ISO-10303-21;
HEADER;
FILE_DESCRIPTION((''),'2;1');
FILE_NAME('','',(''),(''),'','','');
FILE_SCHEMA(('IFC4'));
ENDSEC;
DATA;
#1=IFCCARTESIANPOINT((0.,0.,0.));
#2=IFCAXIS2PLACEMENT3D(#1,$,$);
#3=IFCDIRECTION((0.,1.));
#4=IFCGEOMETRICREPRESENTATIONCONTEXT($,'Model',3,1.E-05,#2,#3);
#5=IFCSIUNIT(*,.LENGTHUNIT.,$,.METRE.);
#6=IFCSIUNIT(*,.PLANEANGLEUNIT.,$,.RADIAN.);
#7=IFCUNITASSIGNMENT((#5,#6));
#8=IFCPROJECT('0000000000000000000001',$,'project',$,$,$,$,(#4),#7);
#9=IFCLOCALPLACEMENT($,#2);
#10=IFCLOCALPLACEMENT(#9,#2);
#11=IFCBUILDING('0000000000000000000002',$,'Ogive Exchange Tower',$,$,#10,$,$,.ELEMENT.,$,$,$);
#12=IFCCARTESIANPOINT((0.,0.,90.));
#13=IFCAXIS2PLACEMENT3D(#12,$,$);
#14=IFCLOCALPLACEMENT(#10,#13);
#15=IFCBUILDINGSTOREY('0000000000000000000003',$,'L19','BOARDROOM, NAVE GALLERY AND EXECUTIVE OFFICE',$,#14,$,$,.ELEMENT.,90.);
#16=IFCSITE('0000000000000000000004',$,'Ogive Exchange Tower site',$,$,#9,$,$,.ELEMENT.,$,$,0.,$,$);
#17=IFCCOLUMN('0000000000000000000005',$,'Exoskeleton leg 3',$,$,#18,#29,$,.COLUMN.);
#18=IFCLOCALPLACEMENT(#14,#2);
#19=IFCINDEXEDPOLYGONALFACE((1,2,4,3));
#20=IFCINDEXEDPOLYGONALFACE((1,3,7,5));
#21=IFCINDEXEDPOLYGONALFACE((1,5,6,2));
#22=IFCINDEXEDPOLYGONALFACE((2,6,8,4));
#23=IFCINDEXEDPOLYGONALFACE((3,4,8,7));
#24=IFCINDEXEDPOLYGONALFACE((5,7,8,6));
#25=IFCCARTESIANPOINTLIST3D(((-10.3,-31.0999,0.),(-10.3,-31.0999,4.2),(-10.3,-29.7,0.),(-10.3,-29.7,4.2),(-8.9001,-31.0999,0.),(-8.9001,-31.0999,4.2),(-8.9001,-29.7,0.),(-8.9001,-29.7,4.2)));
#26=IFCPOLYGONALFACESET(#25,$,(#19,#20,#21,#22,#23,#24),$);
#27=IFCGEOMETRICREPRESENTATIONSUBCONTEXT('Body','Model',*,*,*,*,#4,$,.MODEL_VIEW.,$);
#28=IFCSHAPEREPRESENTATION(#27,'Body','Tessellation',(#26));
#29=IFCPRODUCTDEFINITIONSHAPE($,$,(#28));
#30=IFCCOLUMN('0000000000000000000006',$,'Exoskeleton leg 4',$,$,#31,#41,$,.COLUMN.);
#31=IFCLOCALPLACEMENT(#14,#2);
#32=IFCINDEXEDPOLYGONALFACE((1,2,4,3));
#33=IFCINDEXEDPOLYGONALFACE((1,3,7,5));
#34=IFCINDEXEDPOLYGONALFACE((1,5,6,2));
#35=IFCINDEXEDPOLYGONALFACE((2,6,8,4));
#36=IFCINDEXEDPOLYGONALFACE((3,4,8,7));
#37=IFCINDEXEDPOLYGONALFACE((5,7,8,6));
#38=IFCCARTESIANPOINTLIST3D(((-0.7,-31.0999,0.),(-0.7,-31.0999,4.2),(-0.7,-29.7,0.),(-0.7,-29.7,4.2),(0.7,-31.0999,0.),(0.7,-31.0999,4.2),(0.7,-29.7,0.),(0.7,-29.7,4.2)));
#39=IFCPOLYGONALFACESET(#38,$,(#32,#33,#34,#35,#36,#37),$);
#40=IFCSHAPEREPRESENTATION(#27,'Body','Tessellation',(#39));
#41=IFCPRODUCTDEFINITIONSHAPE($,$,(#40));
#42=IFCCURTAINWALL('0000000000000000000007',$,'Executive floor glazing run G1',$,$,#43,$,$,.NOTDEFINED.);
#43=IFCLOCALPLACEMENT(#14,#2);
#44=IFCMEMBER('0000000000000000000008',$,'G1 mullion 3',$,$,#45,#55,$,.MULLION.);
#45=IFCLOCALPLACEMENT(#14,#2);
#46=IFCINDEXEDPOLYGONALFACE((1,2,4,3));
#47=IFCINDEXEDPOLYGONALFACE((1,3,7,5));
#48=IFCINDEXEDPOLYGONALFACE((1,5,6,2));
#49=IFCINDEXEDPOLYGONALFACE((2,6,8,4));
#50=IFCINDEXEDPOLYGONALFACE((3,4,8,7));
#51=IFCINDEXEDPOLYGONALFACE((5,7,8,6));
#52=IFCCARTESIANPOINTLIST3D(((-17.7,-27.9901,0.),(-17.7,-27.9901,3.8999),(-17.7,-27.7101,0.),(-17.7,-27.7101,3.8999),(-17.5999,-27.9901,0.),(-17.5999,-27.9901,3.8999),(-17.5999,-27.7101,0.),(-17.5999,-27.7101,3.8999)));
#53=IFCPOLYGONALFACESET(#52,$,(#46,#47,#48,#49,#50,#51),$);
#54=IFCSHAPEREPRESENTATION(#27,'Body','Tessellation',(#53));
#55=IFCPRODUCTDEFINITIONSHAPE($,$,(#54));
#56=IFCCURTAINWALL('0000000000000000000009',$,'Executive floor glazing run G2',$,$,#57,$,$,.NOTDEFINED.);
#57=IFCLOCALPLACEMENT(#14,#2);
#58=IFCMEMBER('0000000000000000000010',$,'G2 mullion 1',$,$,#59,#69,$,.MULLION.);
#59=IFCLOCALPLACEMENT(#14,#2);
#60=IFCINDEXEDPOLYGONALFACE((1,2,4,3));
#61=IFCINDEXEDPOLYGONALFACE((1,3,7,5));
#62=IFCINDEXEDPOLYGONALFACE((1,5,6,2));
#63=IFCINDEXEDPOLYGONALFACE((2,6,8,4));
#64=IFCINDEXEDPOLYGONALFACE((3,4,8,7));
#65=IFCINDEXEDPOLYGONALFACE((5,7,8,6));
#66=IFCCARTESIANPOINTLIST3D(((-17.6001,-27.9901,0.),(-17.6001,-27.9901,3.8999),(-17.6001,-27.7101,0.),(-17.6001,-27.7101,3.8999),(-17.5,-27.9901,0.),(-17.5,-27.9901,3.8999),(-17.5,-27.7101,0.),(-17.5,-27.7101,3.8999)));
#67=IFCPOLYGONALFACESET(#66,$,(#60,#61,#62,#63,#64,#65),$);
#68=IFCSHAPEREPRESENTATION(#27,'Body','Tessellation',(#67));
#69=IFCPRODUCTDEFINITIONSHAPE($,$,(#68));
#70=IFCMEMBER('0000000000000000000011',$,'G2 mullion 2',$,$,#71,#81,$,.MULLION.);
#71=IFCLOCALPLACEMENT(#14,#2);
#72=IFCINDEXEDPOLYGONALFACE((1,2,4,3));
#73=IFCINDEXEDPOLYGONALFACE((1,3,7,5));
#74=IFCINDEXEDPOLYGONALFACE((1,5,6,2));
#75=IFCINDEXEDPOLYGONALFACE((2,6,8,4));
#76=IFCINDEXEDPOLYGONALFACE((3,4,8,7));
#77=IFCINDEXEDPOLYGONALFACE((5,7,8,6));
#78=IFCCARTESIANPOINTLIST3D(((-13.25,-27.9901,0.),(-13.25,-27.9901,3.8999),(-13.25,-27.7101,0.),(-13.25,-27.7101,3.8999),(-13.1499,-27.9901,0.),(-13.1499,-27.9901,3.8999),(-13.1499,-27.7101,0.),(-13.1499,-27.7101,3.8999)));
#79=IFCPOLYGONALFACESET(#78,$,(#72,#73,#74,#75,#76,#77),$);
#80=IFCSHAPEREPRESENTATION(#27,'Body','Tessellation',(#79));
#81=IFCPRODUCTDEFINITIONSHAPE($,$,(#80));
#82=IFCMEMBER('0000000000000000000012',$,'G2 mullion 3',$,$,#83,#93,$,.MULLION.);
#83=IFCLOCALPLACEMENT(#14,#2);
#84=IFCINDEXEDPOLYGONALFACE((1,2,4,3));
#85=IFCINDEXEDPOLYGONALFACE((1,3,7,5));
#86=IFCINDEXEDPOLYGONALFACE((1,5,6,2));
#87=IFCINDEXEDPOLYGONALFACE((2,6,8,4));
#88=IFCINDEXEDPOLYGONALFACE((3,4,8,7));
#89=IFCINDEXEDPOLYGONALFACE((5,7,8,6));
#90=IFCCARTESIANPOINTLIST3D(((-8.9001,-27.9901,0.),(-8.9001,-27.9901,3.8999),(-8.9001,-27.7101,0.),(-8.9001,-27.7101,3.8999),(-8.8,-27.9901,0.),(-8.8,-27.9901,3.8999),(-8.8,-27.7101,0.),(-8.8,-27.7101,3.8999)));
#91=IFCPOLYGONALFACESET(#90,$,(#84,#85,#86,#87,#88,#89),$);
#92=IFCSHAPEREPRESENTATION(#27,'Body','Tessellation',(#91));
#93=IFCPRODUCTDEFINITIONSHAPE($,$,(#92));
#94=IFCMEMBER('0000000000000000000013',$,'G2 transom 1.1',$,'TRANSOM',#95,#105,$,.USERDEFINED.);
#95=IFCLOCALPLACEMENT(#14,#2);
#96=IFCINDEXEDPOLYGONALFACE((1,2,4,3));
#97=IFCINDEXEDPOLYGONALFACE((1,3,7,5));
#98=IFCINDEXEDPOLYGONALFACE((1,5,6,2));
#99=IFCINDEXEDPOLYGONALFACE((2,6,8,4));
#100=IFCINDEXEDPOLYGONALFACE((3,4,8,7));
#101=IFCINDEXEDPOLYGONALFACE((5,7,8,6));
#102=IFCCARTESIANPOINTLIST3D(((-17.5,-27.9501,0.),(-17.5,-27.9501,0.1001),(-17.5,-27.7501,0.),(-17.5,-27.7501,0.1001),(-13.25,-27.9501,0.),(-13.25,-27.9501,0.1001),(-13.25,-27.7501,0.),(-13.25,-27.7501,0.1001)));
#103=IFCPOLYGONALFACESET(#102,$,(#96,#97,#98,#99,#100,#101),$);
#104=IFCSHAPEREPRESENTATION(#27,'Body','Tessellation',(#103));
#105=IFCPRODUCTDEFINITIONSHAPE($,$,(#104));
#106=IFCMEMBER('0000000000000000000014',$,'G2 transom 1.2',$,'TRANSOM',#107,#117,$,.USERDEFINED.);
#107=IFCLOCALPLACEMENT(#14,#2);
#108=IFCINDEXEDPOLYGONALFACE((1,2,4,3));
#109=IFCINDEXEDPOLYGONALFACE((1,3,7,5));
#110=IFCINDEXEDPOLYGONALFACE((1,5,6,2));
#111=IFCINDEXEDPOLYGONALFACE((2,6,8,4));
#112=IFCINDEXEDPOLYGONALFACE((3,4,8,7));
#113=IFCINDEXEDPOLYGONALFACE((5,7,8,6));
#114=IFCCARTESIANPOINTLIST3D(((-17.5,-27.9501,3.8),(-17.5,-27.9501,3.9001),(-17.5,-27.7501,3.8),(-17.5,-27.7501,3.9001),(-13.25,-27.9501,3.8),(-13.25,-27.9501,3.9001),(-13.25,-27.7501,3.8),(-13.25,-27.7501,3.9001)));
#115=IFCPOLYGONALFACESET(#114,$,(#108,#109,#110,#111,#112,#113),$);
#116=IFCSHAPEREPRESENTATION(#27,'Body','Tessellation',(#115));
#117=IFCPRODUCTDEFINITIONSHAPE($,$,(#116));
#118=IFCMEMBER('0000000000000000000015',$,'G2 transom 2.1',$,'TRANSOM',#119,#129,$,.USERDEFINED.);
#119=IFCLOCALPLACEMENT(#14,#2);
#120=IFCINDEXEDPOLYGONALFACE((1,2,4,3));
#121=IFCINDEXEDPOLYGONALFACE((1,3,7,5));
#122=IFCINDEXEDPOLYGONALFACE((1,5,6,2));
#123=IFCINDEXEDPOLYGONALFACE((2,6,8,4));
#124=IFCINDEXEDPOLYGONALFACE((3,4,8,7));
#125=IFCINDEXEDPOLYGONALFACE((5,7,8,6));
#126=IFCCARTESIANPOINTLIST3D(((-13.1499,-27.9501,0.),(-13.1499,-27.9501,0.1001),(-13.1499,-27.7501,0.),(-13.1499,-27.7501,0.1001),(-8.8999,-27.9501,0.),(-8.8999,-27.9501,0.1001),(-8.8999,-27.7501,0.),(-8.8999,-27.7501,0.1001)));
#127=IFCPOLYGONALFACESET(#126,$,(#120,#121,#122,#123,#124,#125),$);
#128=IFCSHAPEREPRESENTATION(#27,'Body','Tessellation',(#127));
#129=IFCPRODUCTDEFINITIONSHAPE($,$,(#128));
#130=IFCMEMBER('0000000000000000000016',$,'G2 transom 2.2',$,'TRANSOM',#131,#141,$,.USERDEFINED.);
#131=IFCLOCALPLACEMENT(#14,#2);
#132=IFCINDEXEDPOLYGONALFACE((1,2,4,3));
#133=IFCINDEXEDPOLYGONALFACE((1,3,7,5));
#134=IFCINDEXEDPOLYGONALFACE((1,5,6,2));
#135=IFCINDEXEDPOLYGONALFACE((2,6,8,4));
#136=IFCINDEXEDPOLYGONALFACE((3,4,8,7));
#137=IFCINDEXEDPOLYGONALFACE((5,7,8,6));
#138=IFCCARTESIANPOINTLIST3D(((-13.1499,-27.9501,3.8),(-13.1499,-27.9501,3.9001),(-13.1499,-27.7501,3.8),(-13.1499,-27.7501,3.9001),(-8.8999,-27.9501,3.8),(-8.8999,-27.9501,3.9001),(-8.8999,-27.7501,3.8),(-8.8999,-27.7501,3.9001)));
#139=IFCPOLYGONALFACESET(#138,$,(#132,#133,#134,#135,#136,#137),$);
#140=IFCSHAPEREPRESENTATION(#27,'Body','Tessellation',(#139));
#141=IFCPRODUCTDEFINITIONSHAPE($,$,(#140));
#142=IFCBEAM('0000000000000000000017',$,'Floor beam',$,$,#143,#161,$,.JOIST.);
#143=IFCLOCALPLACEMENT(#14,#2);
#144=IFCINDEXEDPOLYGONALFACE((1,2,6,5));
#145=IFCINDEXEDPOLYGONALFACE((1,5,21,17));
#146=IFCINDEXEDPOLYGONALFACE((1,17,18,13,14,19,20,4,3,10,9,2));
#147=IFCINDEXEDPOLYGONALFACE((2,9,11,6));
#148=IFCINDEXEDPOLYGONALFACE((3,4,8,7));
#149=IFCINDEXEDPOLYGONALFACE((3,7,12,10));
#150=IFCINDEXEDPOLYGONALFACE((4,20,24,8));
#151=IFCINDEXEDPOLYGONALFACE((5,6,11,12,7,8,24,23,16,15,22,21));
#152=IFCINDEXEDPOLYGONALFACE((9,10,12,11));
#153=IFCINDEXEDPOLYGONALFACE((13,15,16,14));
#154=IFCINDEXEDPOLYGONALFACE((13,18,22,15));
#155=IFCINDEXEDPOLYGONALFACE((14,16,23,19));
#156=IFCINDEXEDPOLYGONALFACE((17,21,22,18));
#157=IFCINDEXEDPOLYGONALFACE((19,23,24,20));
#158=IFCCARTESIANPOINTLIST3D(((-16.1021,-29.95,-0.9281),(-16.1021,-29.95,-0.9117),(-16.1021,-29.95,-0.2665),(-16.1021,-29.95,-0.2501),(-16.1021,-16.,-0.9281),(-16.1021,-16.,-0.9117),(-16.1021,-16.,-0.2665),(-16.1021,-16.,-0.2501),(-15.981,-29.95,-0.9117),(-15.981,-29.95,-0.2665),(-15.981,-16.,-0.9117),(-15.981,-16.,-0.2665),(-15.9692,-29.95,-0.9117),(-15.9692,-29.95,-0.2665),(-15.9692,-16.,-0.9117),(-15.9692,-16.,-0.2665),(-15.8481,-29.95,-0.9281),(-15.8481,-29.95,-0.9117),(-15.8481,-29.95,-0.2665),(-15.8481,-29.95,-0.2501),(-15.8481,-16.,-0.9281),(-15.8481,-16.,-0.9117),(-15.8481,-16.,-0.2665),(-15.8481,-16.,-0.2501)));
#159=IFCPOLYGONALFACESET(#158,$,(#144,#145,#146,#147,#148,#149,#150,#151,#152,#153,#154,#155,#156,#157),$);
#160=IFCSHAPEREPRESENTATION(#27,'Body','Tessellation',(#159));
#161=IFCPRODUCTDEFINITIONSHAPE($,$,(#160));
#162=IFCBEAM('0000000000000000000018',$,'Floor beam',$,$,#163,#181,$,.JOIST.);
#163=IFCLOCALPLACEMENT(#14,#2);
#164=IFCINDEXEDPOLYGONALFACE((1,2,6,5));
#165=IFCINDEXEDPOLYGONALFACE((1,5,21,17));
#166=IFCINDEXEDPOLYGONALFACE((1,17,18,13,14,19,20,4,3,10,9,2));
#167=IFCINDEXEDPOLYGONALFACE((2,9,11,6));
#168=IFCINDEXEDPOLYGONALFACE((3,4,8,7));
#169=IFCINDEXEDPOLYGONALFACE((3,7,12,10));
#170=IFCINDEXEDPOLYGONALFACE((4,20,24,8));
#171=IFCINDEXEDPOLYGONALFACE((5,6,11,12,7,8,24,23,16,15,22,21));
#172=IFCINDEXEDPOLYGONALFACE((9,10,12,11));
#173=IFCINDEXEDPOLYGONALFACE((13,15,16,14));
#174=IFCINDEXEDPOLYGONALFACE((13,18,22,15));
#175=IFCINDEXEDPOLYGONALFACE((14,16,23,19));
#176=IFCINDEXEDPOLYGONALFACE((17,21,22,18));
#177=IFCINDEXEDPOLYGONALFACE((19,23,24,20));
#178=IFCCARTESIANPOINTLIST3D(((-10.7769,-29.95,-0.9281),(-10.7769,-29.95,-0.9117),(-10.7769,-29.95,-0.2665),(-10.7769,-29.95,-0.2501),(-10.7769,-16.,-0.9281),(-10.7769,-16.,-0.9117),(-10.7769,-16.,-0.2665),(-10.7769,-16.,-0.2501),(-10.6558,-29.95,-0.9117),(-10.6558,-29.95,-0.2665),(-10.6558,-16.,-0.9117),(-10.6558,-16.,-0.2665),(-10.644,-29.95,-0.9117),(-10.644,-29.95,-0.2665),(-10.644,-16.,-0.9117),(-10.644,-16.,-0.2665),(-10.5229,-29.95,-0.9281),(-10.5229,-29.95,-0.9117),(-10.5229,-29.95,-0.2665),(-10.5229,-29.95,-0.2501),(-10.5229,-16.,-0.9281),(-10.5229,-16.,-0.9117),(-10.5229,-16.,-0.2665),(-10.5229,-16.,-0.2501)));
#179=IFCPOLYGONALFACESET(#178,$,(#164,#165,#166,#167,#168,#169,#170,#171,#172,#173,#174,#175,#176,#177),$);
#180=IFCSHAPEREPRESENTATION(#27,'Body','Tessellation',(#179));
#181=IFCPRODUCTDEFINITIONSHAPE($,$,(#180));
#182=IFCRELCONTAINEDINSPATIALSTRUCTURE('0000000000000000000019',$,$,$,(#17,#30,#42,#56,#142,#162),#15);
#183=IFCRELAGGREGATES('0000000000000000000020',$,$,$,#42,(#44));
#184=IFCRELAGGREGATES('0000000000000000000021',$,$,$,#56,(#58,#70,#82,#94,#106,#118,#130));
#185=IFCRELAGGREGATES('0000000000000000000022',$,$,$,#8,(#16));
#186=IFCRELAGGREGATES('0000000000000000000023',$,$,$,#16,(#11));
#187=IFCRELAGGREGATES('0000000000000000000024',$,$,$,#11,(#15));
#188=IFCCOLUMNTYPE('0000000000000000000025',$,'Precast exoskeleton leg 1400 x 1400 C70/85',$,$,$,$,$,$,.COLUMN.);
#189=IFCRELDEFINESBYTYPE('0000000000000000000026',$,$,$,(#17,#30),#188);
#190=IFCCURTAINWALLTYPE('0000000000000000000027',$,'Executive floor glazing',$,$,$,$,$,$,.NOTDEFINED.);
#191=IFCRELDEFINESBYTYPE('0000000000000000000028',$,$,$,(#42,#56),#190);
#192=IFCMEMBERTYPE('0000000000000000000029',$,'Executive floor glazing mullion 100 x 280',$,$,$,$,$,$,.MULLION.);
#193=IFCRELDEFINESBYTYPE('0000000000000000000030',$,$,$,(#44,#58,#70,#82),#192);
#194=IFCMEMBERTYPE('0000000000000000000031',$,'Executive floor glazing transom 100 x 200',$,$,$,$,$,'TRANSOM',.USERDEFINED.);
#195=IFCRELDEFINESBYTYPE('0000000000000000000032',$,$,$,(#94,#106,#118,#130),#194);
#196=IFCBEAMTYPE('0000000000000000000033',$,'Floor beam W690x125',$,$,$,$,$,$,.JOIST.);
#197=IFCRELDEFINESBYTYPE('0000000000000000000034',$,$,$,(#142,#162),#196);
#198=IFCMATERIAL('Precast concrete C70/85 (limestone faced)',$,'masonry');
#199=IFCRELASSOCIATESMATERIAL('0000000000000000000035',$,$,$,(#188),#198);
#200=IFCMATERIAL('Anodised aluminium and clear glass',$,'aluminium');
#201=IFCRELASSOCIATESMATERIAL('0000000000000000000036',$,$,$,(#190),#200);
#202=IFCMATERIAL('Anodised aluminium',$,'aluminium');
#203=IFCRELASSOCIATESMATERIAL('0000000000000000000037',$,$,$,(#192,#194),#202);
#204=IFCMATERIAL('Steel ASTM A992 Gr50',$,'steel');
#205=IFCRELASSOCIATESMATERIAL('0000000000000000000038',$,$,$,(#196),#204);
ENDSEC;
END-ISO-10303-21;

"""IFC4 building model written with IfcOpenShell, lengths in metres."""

from ifc_helpers import new_model, si_unit, direction, frame, origin, origin_2d, place, context, subcontext, project, spatial, rectangle, i_section, extrude, material, material_profile, profile_set, type_object, element, aggregate, save


model = new_model("IFC4")

# Units and contexts
model_context = context("Model", 3, precision=1e-05, world=origin(), true_north=direction((0.0, 1.0)))
body_context = subcontext(model_context, "Body", "Model", "MODEL_VIEW")
ifc_project = project(units=[si_unit("LENGTHUNIT", "METRE"), si_unit("PLANEANGLEUNIT", "RADIAN")], contexts=[model_context])

# Site, building, storey
site_placement = place(None, origin())
site = spatial("IfcSite", under=ifc_project, at=site_placement, Name="Ogive Exchange Tower site", CompositionType="ELEMENT", RefElevation=0.0)
building_placement = place(site_placement, origin())
building = spatial("IfcBuilding", under=site, at=building_placement, Name="Ogive Exchange Tower", CompositionType="ELEMENT")
storey_placement = place(building_placement, frame((0.0, 0.0, 90.0)))
storey = spatial("IfcBuildingStorey", under=building, at=storey_placement, Name="L19", Description="BOARDROOM, NAVE GALLERY AND EXECUTIVE OFFICE", CompositionType="ELEMENT", Elevation=90.0)

# Columns
ifc_material_1 = material(Name="Precast concrete C70/85 (limestone faced)", Category="masonry")
ifc_material_profile_1 = material_profile(ifc_material_1, rectangle(XDim=1.3999, YDim=1.3999, at=origin_2d()), Name="1400 x 1400")
ifc_profile_set_1 = profile_set([ifc_material_profile_1], Name="Precast concrete C70/85 (limestone faced)")
column_type = type_object("IfcColumnType", Name="Precast exoskeleton leg 1400 x 1400 C70/85", PredefinedType="COLUMN", material=ifc_profile_set_1)
for number, where, z_axis, x_axis, name in (
    (1, (-9.6001, -30.3999, 0.0), (0.0, 0.0, 1.0), (1.0, 0.0, 0.0), "Exoskeleton leg 3"),
    (2, (0.0, -30.3999, 0.0), (0.0, 0.0, 1.0), (1.0, 0.0, 0.0), "Exoskeleton leg 4"),
):
    element("IfcColumn", number, at=place(storey_placement, frame(where, z_axis=z_axis, x_axis=x_axis)), inside=storey, type_object=column_type, Name=name, PredefinedType="COLUMN", context=body_context, shape_type="SweptSolid", body=[
        extrude(rectangle(XDim=1.3999, YDim=1.3999, at=origin_2d()), origin(), (0.0, 0.0, 1.0), 4.2),
    ])

# Curtain wall, member
ifc_material_2 = material(Name="Anodised aluminium and clear glass", Category="aluminium")
curtain_wall_type = type_object("IfcCurtainWallType", Name="Executive floor glazing", PredefinedType="NOTDEFINED", material=ifc_material_2)
curtain_wall_1_placement = place(storey_placement, origin())
curtain_wall_1 = element("IfcCurtainWall", 3, at=curtain_wall_1_placement, inside=storey, type_object=curtain_wall_type, Name="Executive floor glazing run G1", PredefinedType="NOTDEFINED")
ifc_material_3 = material(Name="Anodised aluminium", Category="aluminium")
ifc_material_profile_2 = material_profile(ifc_material_3, rectangle(XDim=0.28, YDim=0.1001, at=origin_2d()), Name="AL 100x280")
ifc_profile_set_2 = profile_set([ifc_material_profile_2], Name="Anodised aluminium")
member_type_1 = type_object("IfcMemberType", Name="Executive floor glazing mullion 100 x 280", PredefinedType="MULLION", material=ifc_profile_set_2)
member_1_placement = place(storey_placement, frame((-17.6499, -27.8501, 0.0), z_axis=(0.0, 0.0, 1.0), x_axis=(0.0, 1.0, 0.0)))
member_1 = element("IfcMember", 4, at=member_1_placement, type_object=member_type_1, Name="G1 mullion 3", PredefinedType="MULLION", context=body_context, shape_type="SweptSolid", body=[
    extrude(rectangle(XDim=0.28, YDim=0.1001, at=origin_2d()), origin(), (0.0, 0.0, 1.0), 3.8999),
])
aggregate(curtain_wall_1, [member_1])

# Curtain wall, members
curtain_wall_2_placement = place(storey_placement, origin())
curtain_wall_2 = element("IfcCurtainWall", 5, at=curtain_wall_2_placement, inside=storey, type_object=curtain_wall_type, Name="Executive floor glazing run G2", PredefinedType="NOTDEFINED")
member_2_placement = place(storey_placement, frame((-17.55, -27.8501, 0.0), z_axis=(0.0, 0.0, 1.0), x_axis=(0.0, 1.0, 0.0)))
member_2 = element("IfcMember", 6, at=member_2_placement, type_object=member_type_1, Name="G2 mullion 1", PredefinedType="MULLION", context=body_context, shape_type="SweptSolid", body=[
    extrude(rectangle(XDim=0.28, YDim=0.1001, at=origin_2d()), origin(), (0.0, 0.0, 1.0), 3.8999),
])
member_3_placement = place(storey_placement, frame((-13.2, -27.8501, 0.0), z_axis=(0.0, 0.0, 1.0), x_axis=(0.0, 1.0, 0.0)))
member_3 = element("IfcMember", 7, at=member_3_placement, type_object=member_type_1, Name="G2 mullion 2", PredefinedType="MULLION", context=body_context, shape_type="SweptSolid", body=[
    extrude(rectangle(XDim=0.28, YDim=0.1001, at=origin_2d()), origin(), (0.0, 0.0, 1.0), 3.8999),
])
member_4_placement = place(storey_placement, frame((-8.8501, -27.8501, 0.0), z_axis=(0.0, 0.0, 1.0), x_axis=(0.0, 1.0, 0.0)))
member_4 = element("IfcMember", 8, at=member_4_placement, type_object=member_type_1, Name="G2 mullion 3", PredefinedType="MULLION", context=body_context, shape_type="SweptSolid", body=[
    extrude(rectangle(XDim=0.28, YDim=0.1001, at=origin_2d()), origin(), (0.0, 0.0, 1.0), 3.8999),
])
ifc_material_profile_3 = material_profile(ifc_material_3, rectangle(XDim=0.2, YDim=0.1001, at=origin_2d()), Name="AL 100x200")
ifc_profile_set_3 = profile_set([ifc_material_profile_3], Name="Anodised aluminium")
member_type_2 = type_object("IfcMemberType", Name="Executive floor glazing transom 100 x 200", ElementType="TRANSOM", PredefinedType="USERDEFINED", material=ifc_profile_set_3)
member_5_placement = place(storey_placement, frame((-17.5, -27.8501, 0.05), z_axis=(1.0, 0.0, 0.0), x_axis=(0.0, 1.0, 0.0)))
member_5 = element("IfcMember", 9, at=member_5_placement, type_object=member_type_2, Name="G2 transom 1.1", ObjectType="TRANSOM", PredefinedType="USERDEFINED", context=body_context, shape_type="SweptSolid", body=[
    extrude(rectangle(XDim=0.2, YDim=0.1001, at=origin_2d()), origin(), (0.0, 0.0, 1.0), 4.25),
])
member_6_placement = place(storey_placement, frame((-17.5, -27.8501, 3.8501), z_axis=(1.0, 0.0, 0.0), x_axis=(0.0, 1.0, 0.0)))
member_6 = element("IfcMember", 10, at=member_6_placement, type_object=member_type_2, Name="G2 transom 1.2", ObjectType="TRANSOM", PredefinedType="USERDEFINED", context=body_context, shape_type="SweptSolid", body=[
    extrude(rectangle(XDim=0.2, YDim=0.1001, at=origin_2d()), origin(), (0.0, 0.0, 1.0), 4.25),
])
member_7_placement = place(storey_placement, frame((-13.1499, -27.8501, 0.05), z_axis=(1.0, 0.0, 0.0), x_axis=(0.0, 1.0, 0.0)))
member_7 = element("IfcMember", 11, at=member_7_placement, type_object=member_type_2, Name="G2 transom 2.1", ObjectType="TRANSOM", PredefinedType="USERDEFINED", context=body_context, shape_type="SweptSolid", body=[
    extrude(rectangle(XDim=0.2, YDim=0.1001, at=origin_2d()), origin(), (0.0, 0.0, 1.0), 4.25),
])
member_8_placement = place(storey_placement, frame((-13.1499, -27.8501, 3.8501), z_axis=(1.0, 0.0, 0.0), x_axis=(0.0, 1.0, 0.0)))
member_8 = element("IfcMember", 12, at=member_8_placement, type_object=member_type_2, Name="G2 transom 2.2", ObjectType="TRANSOM", PredefinedType="USERDEFINED", context=body_context, shape_type="SweptSolid", body=[
    extrude(rectangle(XDim=0.2, YDim=0.1001, at=origin_2d()), origin(), (0.0, 0.0, 1.0), 4.25),
])

# Beams
ifc_material_4 = material(Name="Steel ASTM A992 Gr50", Category="steel")
ifc_material_profile_4 = material_profile(ifc_material_4, i_section(OverallWidth=0.2539, OverallDepth=0.678, WebThickness=0.0117, FlangeThickness=0.0164, at=origin_2d()), Name="W690x125")
ifc_profile_set_4 = profile_set([ifc_material_profile_4], Name="Steel ASTM A992 Gr50")
beam_type_1 = type_object("IfcBeamType", Name="Floor beam W690x125", PredefinedType="JOIST", material=ifc_profile_set_4)
for number, where, z_axis, x_axis, name in (
    (13, (-15.9751, -29.95, -0.5891), (0.0, 1.0, 0.0), (-1.0, 0.0, 0.0), "Floor beam"),
    (14, (-10.6499, -29.95, -0.5891), (0.0, 1.0, 0.0), (-1.0, 0.0, 0.0), "Floor beam"),
):
    element("IfcBeam", number, at=place(storey_placement, frame(where, z_axis=z_axis, x_axis=x_axis)), inside=storey, type_object=beam_type_1, Name=name, PredefinedType="JOIST", context=body_context, shape_type="SweptSolid", body=[
        extrude(i_section(OverallWidth=0.2539, OverallDepth=0.678, WebThickness=0.0117, FlangeThickness=0.0164, at=origin_2d()), origin(), (0.0, 0.0, 1.0), 13.95),
    ])

aggregate(curtain_wall_2, [member_2, member_3, member_4, member_5, member_6, member_7, member_8])

save(model, "model.ifc")
